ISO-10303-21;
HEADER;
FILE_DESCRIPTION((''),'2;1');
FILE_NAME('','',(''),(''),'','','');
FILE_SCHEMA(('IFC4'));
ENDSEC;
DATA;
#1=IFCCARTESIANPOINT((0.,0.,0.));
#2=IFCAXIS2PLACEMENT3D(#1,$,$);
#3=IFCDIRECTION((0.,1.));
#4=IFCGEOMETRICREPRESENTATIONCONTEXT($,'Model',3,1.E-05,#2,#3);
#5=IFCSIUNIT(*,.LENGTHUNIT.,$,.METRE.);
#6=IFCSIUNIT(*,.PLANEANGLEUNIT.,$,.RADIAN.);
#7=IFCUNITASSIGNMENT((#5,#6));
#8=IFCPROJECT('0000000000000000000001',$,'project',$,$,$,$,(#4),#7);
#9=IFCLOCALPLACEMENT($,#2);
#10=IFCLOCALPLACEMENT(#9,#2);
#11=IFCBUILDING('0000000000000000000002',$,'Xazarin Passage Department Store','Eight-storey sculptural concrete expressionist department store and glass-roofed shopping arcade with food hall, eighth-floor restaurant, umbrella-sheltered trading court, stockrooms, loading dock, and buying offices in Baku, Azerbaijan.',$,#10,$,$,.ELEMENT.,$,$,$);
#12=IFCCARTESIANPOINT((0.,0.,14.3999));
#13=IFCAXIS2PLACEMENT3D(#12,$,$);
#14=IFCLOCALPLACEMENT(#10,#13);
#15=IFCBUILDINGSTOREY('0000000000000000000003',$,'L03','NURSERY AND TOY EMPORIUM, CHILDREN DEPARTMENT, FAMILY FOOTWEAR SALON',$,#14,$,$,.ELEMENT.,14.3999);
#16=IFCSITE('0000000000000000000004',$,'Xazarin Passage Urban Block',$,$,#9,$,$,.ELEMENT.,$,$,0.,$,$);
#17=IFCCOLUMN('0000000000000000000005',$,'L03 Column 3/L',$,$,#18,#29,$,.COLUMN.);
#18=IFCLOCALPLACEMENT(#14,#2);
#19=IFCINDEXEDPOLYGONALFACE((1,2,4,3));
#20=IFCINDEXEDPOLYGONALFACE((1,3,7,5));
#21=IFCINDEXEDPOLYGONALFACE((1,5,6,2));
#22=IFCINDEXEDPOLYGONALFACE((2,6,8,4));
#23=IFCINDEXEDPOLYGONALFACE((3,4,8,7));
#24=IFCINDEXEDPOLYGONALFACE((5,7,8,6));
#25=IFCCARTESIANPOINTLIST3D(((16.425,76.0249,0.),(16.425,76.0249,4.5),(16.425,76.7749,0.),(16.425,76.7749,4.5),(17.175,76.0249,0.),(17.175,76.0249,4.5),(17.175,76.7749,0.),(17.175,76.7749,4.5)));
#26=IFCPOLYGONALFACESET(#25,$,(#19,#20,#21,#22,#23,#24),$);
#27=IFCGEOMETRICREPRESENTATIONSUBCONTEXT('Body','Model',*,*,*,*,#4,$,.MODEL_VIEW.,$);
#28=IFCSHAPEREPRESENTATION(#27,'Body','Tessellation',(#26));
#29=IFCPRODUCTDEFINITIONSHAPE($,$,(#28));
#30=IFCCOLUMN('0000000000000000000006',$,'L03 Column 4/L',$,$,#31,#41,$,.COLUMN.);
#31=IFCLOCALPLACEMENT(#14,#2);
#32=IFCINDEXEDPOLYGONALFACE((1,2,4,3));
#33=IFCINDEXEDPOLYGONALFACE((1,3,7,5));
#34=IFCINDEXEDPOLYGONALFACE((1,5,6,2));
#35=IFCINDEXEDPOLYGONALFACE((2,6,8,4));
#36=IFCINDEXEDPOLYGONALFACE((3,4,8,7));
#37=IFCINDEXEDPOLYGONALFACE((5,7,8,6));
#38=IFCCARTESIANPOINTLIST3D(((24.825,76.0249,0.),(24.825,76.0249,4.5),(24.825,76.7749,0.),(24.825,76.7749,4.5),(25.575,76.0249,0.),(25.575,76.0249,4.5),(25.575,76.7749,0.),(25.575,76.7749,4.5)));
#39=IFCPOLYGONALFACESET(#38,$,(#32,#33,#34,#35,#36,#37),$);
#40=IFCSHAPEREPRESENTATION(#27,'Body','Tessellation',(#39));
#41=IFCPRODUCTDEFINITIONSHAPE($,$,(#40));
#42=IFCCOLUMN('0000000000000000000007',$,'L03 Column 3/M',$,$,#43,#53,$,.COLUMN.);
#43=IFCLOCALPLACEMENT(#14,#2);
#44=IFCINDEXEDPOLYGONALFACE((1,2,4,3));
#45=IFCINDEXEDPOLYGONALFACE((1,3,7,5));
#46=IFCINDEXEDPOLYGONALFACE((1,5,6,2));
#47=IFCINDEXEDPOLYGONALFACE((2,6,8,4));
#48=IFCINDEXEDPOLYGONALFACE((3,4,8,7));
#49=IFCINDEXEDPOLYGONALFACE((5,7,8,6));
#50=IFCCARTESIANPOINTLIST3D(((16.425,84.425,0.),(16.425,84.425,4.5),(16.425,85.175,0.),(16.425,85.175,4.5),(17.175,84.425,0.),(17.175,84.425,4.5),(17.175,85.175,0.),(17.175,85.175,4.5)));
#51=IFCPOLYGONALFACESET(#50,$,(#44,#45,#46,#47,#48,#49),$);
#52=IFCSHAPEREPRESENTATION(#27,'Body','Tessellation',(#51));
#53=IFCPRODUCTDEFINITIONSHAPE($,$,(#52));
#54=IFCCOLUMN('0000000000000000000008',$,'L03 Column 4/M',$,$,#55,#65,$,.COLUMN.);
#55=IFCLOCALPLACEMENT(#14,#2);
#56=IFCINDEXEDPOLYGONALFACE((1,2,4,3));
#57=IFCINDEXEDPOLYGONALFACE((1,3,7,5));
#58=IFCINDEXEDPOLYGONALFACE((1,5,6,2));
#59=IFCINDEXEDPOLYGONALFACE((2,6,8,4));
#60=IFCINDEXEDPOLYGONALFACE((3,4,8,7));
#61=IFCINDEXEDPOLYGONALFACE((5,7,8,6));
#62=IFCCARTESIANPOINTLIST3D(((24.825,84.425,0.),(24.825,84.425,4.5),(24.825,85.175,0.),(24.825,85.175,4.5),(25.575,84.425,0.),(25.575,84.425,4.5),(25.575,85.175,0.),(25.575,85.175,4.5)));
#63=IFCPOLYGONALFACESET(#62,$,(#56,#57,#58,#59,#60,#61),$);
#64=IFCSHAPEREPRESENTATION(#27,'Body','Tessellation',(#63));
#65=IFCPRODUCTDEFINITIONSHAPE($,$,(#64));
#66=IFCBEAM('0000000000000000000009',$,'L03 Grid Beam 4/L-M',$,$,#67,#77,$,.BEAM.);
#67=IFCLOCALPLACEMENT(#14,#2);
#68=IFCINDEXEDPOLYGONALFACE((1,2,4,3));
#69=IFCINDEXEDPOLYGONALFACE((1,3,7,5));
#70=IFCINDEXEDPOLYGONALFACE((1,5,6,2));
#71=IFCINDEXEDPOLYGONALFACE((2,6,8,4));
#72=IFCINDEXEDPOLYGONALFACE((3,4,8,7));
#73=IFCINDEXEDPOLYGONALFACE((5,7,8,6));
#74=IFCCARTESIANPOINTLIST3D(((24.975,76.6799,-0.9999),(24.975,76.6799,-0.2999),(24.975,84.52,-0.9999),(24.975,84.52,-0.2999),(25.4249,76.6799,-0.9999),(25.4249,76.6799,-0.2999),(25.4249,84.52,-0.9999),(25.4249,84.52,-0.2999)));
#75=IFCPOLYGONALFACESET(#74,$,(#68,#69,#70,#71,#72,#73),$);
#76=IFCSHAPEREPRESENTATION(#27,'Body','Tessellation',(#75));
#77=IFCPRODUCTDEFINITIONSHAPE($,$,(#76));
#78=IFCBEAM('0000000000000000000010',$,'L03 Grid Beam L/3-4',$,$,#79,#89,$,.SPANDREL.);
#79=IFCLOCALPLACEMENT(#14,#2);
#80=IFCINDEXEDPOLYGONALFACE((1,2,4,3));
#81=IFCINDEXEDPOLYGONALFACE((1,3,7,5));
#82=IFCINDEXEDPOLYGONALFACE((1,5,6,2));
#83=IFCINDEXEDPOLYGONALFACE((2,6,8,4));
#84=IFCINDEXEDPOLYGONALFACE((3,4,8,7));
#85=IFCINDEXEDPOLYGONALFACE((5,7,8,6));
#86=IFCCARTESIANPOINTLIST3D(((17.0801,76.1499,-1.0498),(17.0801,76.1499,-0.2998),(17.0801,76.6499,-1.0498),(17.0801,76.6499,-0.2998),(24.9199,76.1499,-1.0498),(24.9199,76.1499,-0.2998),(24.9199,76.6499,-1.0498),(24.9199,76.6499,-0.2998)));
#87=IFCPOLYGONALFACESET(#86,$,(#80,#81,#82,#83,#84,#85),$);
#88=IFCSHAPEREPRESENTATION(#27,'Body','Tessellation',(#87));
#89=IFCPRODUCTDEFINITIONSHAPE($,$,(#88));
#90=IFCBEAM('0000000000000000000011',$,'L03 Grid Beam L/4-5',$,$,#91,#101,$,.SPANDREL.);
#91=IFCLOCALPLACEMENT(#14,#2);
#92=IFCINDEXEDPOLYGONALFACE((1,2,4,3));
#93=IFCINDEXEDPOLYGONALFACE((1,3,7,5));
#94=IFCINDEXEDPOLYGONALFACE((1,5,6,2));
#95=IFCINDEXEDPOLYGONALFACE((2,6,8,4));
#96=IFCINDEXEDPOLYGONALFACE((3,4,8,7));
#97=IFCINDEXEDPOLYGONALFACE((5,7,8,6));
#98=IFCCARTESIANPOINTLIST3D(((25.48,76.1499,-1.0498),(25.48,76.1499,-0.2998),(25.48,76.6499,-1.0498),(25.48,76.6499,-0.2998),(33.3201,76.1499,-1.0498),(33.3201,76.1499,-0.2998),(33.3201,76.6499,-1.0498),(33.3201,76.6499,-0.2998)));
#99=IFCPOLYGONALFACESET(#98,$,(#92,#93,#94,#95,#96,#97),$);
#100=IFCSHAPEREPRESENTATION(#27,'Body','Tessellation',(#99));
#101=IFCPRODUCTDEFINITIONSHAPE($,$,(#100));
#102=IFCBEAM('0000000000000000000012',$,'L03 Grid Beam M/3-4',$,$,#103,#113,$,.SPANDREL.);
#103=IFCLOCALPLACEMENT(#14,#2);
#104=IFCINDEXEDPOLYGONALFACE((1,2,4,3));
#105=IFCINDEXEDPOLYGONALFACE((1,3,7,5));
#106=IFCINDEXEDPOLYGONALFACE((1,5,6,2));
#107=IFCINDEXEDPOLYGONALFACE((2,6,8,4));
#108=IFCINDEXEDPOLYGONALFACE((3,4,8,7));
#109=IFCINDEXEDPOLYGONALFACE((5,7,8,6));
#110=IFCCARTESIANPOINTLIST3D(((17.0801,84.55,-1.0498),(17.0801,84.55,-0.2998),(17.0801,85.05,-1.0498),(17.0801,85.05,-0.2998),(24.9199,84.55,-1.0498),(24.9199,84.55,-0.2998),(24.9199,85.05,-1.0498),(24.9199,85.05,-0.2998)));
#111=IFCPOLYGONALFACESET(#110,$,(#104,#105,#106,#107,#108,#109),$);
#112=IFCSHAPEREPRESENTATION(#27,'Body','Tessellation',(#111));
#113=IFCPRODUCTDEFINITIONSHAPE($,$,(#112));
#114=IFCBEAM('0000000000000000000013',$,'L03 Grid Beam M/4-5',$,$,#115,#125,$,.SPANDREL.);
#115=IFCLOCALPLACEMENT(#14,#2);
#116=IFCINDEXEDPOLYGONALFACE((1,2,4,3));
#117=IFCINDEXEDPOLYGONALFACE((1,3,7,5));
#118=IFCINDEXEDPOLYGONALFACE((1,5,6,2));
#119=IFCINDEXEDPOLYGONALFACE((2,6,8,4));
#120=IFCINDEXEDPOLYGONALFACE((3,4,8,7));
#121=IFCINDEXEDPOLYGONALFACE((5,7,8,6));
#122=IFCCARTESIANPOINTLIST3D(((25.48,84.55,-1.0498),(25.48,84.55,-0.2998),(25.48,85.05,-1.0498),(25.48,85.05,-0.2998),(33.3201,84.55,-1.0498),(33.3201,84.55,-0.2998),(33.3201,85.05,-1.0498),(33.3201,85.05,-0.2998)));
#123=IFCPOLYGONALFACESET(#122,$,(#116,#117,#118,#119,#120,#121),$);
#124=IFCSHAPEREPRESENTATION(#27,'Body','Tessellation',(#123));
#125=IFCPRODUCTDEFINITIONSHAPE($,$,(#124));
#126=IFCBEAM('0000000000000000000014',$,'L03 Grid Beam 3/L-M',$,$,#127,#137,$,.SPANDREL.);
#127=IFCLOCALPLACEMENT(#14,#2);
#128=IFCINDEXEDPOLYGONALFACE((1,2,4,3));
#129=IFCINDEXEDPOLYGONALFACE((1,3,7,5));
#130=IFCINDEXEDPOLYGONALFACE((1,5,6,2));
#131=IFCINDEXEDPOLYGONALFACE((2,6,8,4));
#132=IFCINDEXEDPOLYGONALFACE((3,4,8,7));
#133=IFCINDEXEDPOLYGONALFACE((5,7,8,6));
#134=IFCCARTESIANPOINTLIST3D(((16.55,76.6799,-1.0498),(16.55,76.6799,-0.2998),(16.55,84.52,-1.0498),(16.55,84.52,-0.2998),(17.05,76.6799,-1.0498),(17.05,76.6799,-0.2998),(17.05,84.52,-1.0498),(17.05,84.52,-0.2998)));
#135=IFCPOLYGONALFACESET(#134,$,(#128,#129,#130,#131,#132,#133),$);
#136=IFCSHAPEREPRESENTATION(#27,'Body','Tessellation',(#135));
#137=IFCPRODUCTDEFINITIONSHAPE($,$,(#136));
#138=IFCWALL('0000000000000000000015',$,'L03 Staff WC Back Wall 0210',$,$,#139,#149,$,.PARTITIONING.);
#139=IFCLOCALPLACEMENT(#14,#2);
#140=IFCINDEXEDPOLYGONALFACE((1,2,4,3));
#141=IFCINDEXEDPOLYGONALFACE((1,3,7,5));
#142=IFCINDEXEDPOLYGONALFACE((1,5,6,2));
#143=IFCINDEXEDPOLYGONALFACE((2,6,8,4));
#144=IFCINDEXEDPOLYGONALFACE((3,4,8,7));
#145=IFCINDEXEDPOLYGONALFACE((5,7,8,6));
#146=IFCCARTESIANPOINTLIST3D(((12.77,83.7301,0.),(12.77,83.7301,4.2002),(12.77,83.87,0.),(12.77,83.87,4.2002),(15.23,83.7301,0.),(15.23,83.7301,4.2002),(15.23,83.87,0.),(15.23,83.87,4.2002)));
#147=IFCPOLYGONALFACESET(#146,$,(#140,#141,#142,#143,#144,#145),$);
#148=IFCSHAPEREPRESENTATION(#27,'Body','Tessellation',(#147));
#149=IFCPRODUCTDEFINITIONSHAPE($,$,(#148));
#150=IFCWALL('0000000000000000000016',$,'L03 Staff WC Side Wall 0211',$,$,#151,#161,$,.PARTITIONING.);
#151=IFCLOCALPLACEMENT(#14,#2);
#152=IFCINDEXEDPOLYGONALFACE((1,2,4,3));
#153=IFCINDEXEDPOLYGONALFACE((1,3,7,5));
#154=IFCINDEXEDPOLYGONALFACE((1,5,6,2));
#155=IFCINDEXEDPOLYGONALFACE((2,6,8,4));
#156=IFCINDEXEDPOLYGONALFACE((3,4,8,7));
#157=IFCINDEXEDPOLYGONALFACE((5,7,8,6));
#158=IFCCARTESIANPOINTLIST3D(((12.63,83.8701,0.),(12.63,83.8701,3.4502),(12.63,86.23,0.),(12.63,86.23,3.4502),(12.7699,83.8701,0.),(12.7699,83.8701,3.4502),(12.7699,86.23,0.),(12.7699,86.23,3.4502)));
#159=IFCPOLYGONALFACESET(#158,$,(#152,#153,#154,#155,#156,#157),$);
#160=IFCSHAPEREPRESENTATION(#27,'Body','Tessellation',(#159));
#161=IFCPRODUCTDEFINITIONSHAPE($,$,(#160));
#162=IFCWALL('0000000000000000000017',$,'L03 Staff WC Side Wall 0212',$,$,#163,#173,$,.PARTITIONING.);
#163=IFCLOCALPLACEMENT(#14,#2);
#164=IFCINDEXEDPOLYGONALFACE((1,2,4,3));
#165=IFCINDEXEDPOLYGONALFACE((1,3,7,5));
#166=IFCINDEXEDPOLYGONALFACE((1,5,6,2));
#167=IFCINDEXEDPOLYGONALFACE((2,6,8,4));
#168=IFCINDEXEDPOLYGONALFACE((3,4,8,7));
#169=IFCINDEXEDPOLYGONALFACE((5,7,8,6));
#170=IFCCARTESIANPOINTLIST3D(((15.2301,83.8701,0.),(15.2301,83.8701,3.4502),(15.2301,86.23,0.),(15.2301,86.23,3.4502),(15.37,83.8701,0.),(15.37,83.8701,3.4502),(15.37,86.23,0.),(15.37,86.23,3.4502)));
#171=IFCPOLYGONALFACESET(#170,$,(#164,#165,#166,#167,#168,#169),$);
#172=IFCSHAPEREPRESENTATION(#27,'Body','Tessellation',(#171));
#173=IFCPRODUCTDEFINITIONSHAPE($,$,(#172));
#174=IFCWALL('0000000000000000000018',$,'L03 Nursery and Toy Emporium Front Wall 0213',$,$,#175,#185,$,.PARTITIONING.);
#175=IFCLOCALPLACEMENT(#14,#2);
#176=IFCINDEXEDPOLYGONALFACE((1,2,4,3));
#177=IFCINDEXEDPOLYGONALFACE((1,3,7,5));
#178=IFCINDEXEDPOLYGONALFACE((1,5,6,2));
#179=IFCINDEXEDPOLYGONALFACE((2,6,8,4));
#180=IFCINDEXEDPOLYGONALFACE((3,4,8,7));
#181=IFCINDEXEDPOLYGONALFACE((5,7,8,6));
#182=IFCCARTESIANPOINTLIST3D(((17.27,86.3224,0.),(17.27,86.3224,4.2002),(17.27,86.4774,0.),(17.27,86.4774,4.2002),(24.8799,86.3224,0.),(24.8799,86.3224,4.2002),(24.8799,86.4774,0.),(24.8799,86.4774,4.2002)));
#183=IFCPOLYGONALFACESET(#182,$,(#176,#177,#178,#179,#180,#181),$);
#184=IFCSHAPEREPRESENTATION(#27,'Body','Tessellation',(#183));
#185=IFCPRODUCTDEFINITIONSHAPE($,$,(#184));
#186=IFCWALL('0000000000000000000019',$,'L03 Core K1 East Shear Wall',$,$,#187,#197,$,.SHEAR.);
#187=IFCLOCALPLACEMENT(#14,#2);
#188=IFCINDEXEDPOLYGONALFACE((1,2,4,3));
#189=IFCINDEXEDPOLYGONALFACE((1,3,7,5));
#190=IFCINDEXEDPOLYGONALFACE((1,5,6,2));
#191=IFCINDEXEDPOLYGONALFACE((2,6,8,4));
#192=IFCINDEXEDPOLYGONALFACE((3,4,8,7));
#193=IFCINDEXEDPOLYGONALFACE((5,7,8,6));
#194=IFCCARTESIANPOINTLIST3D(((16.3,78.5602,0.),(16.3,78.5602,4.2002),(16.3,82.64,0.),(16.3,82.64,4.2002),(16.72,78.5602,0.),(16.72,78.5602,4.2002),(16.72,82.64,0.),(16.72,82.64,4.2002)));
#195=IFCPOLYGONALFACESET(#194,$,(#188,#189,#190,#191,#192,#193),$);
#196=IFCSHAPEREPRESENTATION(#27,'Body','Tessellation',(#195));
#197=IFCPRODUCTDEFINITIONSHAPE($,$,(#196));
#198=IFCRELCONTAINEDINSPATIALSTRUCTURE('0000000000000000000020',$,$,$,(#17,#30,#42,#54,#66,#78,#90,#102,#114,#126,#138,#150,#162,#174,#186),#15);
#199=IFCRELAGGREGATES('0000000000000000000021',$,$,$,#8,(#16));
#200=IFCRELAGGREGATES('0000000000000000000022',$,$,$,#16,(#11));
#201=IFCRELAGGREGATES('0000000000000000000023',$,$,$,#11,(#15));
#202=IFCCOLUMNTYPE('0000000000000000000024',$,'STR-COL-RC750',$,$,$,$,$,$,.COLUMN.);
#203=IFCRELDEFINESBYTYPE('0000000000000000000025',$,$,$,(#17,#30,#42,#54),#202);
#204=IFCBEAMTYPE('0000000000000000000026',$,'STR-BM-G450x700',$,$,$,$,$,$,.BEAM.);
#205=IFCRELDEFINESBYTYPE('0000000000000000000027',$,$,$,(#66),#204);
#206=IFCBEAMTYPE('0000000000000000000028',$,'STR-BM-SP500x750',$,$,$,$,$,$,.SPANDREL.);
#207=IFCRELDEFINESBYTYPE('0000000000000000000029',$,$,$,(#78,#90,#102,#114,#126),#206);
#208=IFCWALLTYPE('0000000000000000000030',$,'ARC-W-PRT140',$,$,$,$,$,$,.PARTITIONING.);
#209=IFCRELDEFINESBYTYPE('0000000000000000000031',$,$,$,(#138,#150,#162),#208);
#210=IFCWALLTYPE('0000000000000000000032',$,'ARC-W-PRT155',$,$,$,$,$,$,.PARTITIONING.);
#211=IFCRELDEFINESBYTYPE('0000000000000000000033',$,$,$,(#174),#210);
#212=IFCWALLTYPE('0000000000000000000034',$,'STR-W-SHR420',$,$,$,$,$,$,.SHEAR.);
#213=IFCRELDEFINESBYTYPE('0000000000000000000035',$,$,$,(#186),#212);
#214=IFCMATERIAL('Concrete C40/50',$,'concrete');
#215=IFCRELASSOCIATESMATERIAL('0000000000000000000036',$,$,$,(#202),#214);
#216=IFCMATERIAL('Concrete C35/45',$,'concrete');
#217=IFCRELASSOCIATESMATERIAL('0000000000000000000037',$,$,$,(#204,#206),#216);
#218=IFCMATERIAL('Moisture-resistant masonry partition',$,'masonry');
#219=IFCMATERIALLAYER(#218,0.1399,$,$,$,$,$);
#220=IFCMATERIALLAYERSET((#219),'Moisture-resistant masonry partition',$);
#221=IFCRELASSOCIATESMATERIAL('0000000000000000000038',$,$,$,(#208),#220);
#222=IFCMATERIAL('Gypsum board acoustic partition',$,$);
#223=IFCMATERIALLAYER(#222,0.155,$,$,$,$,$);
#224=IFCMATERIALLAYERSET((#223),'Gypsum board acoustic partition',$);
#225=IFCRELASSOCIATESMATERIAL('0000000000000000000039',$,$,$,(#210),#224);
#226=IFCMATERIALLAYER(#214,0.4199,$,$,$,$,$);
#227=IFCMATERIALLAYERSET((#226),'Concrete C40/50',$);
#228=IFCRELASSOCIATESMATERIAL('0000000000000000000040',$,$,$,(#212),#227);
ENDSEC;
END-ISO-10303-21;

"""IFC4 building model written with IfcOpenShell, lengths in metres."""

from ifc_helpers import new_model, si_unit, direction, frame, frame_2d, origin, origin_2d, place, context, subcontext, project, spatial, rectangle, extrude, material, layer, layer_set, material_profile, profile_set, type_object, element, save


model = new_model("IFC4")

# Units and contexts
model_context = context("Model", 3, precision=1e-05, world=origin(), true_north=direction((0.0, 1.0)))
body_context = subcontext(model_context, "Body", "Model", "MODEL_VIEW")
ifc_project = project(units=[si_unit("LENGTHUNIT", "METRE"), si_unit("PLANEANGLEUNIT", "RADIAN")], contexts=[model_context])

# Site, building, storey
site_placement = place(None, origin())
site = spatial("IfcSite", under=ifc_project, at=site_placement, Name="Xazarin Passage Urban Block", CompositionType="ELEMENT", RefElevation=0.0)
building_placement = place(site_placement, origin())
building = spatial("IfcBuilding", under=site, at=building_placement, Name="Xazarin Passage Department Store", Description="Eight-storey sculptural concrete expressionist department store and glass-roofed shopping arcade with food hall, eighth-floor restaurant, umbrella-sheltered trading court, stockrooms, loading dock, and buying offices in Baku, Azerbaijan.", CompositionType="ELEMENT")
storey_placement = place(building_placement, frame((0.0, 0.0, 14.3999)))
storey = spatial("IfcBuildingStorey", under=building, at=storey_placement, Name="L03", Description="NURSERY AND TOY EMPORIUM, CHILDREN DEPARTMENT, FAMILY FOOTWEAR SALON", CompositionType="ELEMENT", Elevation=14.3999)

# Columns
ifc_material_1 = material(Name="Concrete C40/50", Category="concrete")
ifc_material_profile_1 = material_profile(ifc_material_1, rectangle(XDim=0.75, YDim=0.75, at=origin_2d()), Name="RC 750x750")
ifc_profile_set_1 = profile_set([ifc_material_profile_1], Name="Concrete C40/50")
column_type = type_object("IfcColumnType", Name="STR-COL-RC750", PredefinedType="COLUMN", material=ifc_profile_set_1)
for number, where, z_axis, x_axis, name in (
    (1, (16.8, 76.3999, 0.0), (0.0, 0.0, 1.0), (1.0, 0.0, 0.0), "L03 Column 3/L"),
    (2, (25.2, 76.3999, 0.0), (0.0, 0.0, 1.0), (1.0, 0.0, 0.0), "L03 Column 4/L"),
    (3, (16.8, 84.8, 0.0), (0.0, 0.0, 1.0), (1.0, 0.0, 0.0), "L03 Column 3/M"),
    (4, (25.2, 84.8, 0.0), (0.0, 0.0, 1.0), (1.0, 0.0, 0.0), "L03 Column 4/M"),
):
    element("IfcColumn", number, at=place(storey_placement, frame(where, z_axis=z_axis, x_axis=x_axis)), inside=storey, type_object=column_type, Name=name, PredefinedType="COLUMN", context=body_context, shape_type="SweptSolid", body=[
        extrude(rectangle(XDim=0.75, YDim=0.75, at=origin_2d()), origin(), (0.0, 0.0, 1.0), 4.5),
    ])

# Beams
ifc_material_2 = material(Name="Concrete C35/45", Category="concrete")
ifc_material_profile_2 = material_profile(ifc_material_2, rectangle(XDim=0.45, YDim=0.7, at=origin_2d()), Name="RC 450x700")
ifc_profile_set_2 = profile_set([ifc_material_profile_2], Name="Concrete C35/45")
beam_type_1 = type_object("IfcBeamType", Name="STR-BM-G450x700", PredefinedType="BEAM", material=ifc_profile_set_2)
beam_1_placement = place(storey_placement, frame((25.2, 76.6799, -0.6499), z_axis=(0.0, 1.0, 0.0), x_axis=(-1.0, 0.0, 0.0)))
element("IfcBeam", 5, at=beam_1_placement, inside=storey, type_object=beam_type_1, Name="L03 Grid Beam 4/L-M", PredefinedType="BEAM", context=body_context, shape_type="SweptSolid", body=[
    extrude(rectangle(XDim=0.45, YDim=0.7, at=origin_2d()), origin(), (0.0, 0.0, 1.0), 7.8401),
])
ifc_material_profile_3 = material_profile(ifc_material_2, rectangle(XDim=0.5, YDim=0.75, at=origin_2d()), Name="RC 500x750")
ifc_profile_set_3 = profile_set([ifc_material_profile_3], Name="Concrete C35/45")
beam_type_2 = type_object("IfcBeamType", Name="STR-BM-SP500x750", PredefinedType="SPANDREL", material=ifc_profile_set_3)
beam_2_placement = place(storey_placement, frame((17.0801, 76.3999, -0.6748), z_axis=(1.0, 0.0, 0.0), x_axis=(0.0, 1.0, 0.0)))
element("IfcBeam", 6, at=beam_2_placement, inside=storey, type_object=beam_type_2, Name="L03 Grid Beam L/3-4", PredefinedType="SPANDREL", context=body_context, shape_type="SweptSolid", body=[
    extrude(rectangle(XDim=0.5, YDim=0.75, at=origin_2d()), origin(), (0.0, 0.0, 1.0), 7.8398),
])
beam_3_placement = place(storey_placement, frame((25.48, 76.3999, -0.6748), z_axis=(1.0, 0.0, 0.0), x_axis=(0.0, 1.0, 0.0)))
element("IfcBeam", 7, at=beam_3_placement, inside=storey, type_object=beam_type_2, Name="L03 Grid Beam L/4-5", PredefinedType="SPANDREL", context=body_context, shape_type="SweptSolid", body=[
    extrude(rectangle(XDim=0.5, YDim=0.75, at=origin_2d()), origin(), (0.0, 0.0, 1.0), 7.8401),
])
beam_4_placement = place(storey_placement, frame((17.0801, 84.8, -0.6748), z_axis=(1.0, 0.0, 0.0), x_axis=(0.0, 1.0, 0.0)))
element("IfcBeam", 8, at=beam_4_placement, inside=storey, type_object=beam_type_2, Name="L03 Grid Beam M/3-4", PredefinedType="SPANDREL", context=body_context, shape_type="SweptSolid", body=[
    extrude(rectangle(XDim=0.5, YDim=0.75, at=origin_2d()), origin(), (0.0, 0.0, 1.0), 7.8398),
])
for number, where, z_axis, x_axis, name in (
    (9, (25.48, 84.8, -0.6748), (1.0, 0.0, 0.0), (0.0, 1.0, 0.0), "L03 Grid Beam M/4-5"),
    (10, (16.8, 76.6799, -0.6748), (0.0, 1.0, 0.0), (-1.0, 0.0, 0.0), "L03 Grid Beam 3/L-M"),
):
    element("IfcBeam", number, at=place(storey_placement, frame(where, z_axis=z_axis, x_axis=x_axis)), inside=storey, type_object=beam_type_2, Name=name, PredefinedType="SPANDREL", context=body_context, shape_type="SweptSolid", body=[
        extrude(rectangle(XDim=0.5, YDim=0.75, at=origin_2d()), origin(), (0.0, 0.0, 1.0), 7.8401),
    ])

# Shared definitions
ifc_material_3 = material(Name="Moisture-resistant masonry partition", Category="masonry")
ifc_layer_1 = layer(ifc_material_3, 0.1399)
ifc_layer_set_1 = layer_set([ifc_layer_1], Name="Moisture-resistant masonry partition")
wall_type_1 = type_object("IfcWallType", Name="ARC-W-PRT140", PredefinedType="PARTITIONING", material=ifc_layer_set_1)

# Walls
wall_1_placement = place(storey_placement, frame((12.77, 83.8, 0.0), z_axis=(0.0, 0.0, 1.0), x_axis=(1.0, 0.0, 0.0)))
element("IfcWall", 11, at=wall_1_placement, inside=storey, type_object=wall_type_1, Name="L03 Staff WC Back Wall 0210", PredefinedType="PARTITIONING", context=body_context, shape_type="SweptSolid", body=[
    extrude(rectangle(XDim=2.46, YDim=0.1399, at=frame_2d((1.23, 0.0))), origin(), (0.0, 0.0, 1.0), 4.2002),
])
for number, where, z_axis, x_axis, name in (
    (12, (12.7, 83.8701, 0.0), (0.0, 0.0, 1.0), (0.0, 1.0, 0.0), "L03 Staff WC Side Wall 0211"),
    (13, (15.3, 83.8701, 0.0), (0.0, 0.0, 1.0), (0.0, 1.0, 0.0), "L03 Staff WC Side Wall 0212"),
):
    element("IfcWall", number, at=place(storey_placement, frame(where, z_axis=z_axis, x_axis=x_axis)), inside=storey, type_object=wall_type_1, Name=name, PredefinedType="PARTITIONING", context=body_context, shape_type="SweptSolid", body=[
        extrude(rectangle(XDim=2.3599, YDim=0.1399, at=frame_2d((1.1799, 0.0))), origin(), (0.0, 0.0, 1.0), 3.4502),
    ])
ifc_material_4 = material(Name="Gypsum board acoustic partition")
ifc_layer_2 = layer(ifc_material_4, 0.155)
ifc_layer_set_2 = layer_set([ifc_layer_2], Name="Gypsum board acoustic partition")
wall_type_2 = type_object("IfcWallType", Name="ARC-W-PRT155", PredefinedType="PARTITIONING", material=ifc_layer_set_2)
wall_2_placement = place(storey_placement, frame((17.27, 86.3999, 0.0), z_axis=(0.0, 0.0, 1.0), x_axis=(1.0, 0.0, 0.0)))
element("IfcWall", 14, at=wall_2_placement, inside=storey, type_object=wall_type_2, Name="L03 Nursery and Toy Emporium Front Wall 0213", PredefinedType="PARTITIONING", context=body_context, shape_type="SweptSolid", body=[
    extrude(rectangle(XDim=7.6099, YDim=0.155, at=frame_2d((3.8049, 0.0))), origin(), (0.0, 0.0, 1.0), 4.2002),
])
ifc_layer_3 = layer(ifc_material_1, 0.4199)
ifc_layer_set_3 = layer_set([ifc_layer_3], Name="Concrete C40/50")
wall_type_3 = type_object("IfcWallType", Name="STR-W-SHR420", PredefinedType="SHEAR", material=ifc_layer_set_3)
wall_3_placement = place(storey_placement, frame((16.51, 78.5601, 0.0), z_axis=(0.0, 0.0, 1.0), x_axis=(0.0, 1.0, 0.0)))
element("IfcWall", 15, at=wall_3_placement, inside=storey, type_object=wall_type_3, Name="L03 Core K1 East Shear Wall", PredefinedType="SHEAR", context=body_context, shape_type="SweptSolid", body=[
    extrude(rectangle(XDim=4.0798, YDim=0.4199, at=frame_2d((2.04, 0.0))), origin(), (0.0, 0.0, 1.0), 4.2002),
])

save(model, "model.ifc")
